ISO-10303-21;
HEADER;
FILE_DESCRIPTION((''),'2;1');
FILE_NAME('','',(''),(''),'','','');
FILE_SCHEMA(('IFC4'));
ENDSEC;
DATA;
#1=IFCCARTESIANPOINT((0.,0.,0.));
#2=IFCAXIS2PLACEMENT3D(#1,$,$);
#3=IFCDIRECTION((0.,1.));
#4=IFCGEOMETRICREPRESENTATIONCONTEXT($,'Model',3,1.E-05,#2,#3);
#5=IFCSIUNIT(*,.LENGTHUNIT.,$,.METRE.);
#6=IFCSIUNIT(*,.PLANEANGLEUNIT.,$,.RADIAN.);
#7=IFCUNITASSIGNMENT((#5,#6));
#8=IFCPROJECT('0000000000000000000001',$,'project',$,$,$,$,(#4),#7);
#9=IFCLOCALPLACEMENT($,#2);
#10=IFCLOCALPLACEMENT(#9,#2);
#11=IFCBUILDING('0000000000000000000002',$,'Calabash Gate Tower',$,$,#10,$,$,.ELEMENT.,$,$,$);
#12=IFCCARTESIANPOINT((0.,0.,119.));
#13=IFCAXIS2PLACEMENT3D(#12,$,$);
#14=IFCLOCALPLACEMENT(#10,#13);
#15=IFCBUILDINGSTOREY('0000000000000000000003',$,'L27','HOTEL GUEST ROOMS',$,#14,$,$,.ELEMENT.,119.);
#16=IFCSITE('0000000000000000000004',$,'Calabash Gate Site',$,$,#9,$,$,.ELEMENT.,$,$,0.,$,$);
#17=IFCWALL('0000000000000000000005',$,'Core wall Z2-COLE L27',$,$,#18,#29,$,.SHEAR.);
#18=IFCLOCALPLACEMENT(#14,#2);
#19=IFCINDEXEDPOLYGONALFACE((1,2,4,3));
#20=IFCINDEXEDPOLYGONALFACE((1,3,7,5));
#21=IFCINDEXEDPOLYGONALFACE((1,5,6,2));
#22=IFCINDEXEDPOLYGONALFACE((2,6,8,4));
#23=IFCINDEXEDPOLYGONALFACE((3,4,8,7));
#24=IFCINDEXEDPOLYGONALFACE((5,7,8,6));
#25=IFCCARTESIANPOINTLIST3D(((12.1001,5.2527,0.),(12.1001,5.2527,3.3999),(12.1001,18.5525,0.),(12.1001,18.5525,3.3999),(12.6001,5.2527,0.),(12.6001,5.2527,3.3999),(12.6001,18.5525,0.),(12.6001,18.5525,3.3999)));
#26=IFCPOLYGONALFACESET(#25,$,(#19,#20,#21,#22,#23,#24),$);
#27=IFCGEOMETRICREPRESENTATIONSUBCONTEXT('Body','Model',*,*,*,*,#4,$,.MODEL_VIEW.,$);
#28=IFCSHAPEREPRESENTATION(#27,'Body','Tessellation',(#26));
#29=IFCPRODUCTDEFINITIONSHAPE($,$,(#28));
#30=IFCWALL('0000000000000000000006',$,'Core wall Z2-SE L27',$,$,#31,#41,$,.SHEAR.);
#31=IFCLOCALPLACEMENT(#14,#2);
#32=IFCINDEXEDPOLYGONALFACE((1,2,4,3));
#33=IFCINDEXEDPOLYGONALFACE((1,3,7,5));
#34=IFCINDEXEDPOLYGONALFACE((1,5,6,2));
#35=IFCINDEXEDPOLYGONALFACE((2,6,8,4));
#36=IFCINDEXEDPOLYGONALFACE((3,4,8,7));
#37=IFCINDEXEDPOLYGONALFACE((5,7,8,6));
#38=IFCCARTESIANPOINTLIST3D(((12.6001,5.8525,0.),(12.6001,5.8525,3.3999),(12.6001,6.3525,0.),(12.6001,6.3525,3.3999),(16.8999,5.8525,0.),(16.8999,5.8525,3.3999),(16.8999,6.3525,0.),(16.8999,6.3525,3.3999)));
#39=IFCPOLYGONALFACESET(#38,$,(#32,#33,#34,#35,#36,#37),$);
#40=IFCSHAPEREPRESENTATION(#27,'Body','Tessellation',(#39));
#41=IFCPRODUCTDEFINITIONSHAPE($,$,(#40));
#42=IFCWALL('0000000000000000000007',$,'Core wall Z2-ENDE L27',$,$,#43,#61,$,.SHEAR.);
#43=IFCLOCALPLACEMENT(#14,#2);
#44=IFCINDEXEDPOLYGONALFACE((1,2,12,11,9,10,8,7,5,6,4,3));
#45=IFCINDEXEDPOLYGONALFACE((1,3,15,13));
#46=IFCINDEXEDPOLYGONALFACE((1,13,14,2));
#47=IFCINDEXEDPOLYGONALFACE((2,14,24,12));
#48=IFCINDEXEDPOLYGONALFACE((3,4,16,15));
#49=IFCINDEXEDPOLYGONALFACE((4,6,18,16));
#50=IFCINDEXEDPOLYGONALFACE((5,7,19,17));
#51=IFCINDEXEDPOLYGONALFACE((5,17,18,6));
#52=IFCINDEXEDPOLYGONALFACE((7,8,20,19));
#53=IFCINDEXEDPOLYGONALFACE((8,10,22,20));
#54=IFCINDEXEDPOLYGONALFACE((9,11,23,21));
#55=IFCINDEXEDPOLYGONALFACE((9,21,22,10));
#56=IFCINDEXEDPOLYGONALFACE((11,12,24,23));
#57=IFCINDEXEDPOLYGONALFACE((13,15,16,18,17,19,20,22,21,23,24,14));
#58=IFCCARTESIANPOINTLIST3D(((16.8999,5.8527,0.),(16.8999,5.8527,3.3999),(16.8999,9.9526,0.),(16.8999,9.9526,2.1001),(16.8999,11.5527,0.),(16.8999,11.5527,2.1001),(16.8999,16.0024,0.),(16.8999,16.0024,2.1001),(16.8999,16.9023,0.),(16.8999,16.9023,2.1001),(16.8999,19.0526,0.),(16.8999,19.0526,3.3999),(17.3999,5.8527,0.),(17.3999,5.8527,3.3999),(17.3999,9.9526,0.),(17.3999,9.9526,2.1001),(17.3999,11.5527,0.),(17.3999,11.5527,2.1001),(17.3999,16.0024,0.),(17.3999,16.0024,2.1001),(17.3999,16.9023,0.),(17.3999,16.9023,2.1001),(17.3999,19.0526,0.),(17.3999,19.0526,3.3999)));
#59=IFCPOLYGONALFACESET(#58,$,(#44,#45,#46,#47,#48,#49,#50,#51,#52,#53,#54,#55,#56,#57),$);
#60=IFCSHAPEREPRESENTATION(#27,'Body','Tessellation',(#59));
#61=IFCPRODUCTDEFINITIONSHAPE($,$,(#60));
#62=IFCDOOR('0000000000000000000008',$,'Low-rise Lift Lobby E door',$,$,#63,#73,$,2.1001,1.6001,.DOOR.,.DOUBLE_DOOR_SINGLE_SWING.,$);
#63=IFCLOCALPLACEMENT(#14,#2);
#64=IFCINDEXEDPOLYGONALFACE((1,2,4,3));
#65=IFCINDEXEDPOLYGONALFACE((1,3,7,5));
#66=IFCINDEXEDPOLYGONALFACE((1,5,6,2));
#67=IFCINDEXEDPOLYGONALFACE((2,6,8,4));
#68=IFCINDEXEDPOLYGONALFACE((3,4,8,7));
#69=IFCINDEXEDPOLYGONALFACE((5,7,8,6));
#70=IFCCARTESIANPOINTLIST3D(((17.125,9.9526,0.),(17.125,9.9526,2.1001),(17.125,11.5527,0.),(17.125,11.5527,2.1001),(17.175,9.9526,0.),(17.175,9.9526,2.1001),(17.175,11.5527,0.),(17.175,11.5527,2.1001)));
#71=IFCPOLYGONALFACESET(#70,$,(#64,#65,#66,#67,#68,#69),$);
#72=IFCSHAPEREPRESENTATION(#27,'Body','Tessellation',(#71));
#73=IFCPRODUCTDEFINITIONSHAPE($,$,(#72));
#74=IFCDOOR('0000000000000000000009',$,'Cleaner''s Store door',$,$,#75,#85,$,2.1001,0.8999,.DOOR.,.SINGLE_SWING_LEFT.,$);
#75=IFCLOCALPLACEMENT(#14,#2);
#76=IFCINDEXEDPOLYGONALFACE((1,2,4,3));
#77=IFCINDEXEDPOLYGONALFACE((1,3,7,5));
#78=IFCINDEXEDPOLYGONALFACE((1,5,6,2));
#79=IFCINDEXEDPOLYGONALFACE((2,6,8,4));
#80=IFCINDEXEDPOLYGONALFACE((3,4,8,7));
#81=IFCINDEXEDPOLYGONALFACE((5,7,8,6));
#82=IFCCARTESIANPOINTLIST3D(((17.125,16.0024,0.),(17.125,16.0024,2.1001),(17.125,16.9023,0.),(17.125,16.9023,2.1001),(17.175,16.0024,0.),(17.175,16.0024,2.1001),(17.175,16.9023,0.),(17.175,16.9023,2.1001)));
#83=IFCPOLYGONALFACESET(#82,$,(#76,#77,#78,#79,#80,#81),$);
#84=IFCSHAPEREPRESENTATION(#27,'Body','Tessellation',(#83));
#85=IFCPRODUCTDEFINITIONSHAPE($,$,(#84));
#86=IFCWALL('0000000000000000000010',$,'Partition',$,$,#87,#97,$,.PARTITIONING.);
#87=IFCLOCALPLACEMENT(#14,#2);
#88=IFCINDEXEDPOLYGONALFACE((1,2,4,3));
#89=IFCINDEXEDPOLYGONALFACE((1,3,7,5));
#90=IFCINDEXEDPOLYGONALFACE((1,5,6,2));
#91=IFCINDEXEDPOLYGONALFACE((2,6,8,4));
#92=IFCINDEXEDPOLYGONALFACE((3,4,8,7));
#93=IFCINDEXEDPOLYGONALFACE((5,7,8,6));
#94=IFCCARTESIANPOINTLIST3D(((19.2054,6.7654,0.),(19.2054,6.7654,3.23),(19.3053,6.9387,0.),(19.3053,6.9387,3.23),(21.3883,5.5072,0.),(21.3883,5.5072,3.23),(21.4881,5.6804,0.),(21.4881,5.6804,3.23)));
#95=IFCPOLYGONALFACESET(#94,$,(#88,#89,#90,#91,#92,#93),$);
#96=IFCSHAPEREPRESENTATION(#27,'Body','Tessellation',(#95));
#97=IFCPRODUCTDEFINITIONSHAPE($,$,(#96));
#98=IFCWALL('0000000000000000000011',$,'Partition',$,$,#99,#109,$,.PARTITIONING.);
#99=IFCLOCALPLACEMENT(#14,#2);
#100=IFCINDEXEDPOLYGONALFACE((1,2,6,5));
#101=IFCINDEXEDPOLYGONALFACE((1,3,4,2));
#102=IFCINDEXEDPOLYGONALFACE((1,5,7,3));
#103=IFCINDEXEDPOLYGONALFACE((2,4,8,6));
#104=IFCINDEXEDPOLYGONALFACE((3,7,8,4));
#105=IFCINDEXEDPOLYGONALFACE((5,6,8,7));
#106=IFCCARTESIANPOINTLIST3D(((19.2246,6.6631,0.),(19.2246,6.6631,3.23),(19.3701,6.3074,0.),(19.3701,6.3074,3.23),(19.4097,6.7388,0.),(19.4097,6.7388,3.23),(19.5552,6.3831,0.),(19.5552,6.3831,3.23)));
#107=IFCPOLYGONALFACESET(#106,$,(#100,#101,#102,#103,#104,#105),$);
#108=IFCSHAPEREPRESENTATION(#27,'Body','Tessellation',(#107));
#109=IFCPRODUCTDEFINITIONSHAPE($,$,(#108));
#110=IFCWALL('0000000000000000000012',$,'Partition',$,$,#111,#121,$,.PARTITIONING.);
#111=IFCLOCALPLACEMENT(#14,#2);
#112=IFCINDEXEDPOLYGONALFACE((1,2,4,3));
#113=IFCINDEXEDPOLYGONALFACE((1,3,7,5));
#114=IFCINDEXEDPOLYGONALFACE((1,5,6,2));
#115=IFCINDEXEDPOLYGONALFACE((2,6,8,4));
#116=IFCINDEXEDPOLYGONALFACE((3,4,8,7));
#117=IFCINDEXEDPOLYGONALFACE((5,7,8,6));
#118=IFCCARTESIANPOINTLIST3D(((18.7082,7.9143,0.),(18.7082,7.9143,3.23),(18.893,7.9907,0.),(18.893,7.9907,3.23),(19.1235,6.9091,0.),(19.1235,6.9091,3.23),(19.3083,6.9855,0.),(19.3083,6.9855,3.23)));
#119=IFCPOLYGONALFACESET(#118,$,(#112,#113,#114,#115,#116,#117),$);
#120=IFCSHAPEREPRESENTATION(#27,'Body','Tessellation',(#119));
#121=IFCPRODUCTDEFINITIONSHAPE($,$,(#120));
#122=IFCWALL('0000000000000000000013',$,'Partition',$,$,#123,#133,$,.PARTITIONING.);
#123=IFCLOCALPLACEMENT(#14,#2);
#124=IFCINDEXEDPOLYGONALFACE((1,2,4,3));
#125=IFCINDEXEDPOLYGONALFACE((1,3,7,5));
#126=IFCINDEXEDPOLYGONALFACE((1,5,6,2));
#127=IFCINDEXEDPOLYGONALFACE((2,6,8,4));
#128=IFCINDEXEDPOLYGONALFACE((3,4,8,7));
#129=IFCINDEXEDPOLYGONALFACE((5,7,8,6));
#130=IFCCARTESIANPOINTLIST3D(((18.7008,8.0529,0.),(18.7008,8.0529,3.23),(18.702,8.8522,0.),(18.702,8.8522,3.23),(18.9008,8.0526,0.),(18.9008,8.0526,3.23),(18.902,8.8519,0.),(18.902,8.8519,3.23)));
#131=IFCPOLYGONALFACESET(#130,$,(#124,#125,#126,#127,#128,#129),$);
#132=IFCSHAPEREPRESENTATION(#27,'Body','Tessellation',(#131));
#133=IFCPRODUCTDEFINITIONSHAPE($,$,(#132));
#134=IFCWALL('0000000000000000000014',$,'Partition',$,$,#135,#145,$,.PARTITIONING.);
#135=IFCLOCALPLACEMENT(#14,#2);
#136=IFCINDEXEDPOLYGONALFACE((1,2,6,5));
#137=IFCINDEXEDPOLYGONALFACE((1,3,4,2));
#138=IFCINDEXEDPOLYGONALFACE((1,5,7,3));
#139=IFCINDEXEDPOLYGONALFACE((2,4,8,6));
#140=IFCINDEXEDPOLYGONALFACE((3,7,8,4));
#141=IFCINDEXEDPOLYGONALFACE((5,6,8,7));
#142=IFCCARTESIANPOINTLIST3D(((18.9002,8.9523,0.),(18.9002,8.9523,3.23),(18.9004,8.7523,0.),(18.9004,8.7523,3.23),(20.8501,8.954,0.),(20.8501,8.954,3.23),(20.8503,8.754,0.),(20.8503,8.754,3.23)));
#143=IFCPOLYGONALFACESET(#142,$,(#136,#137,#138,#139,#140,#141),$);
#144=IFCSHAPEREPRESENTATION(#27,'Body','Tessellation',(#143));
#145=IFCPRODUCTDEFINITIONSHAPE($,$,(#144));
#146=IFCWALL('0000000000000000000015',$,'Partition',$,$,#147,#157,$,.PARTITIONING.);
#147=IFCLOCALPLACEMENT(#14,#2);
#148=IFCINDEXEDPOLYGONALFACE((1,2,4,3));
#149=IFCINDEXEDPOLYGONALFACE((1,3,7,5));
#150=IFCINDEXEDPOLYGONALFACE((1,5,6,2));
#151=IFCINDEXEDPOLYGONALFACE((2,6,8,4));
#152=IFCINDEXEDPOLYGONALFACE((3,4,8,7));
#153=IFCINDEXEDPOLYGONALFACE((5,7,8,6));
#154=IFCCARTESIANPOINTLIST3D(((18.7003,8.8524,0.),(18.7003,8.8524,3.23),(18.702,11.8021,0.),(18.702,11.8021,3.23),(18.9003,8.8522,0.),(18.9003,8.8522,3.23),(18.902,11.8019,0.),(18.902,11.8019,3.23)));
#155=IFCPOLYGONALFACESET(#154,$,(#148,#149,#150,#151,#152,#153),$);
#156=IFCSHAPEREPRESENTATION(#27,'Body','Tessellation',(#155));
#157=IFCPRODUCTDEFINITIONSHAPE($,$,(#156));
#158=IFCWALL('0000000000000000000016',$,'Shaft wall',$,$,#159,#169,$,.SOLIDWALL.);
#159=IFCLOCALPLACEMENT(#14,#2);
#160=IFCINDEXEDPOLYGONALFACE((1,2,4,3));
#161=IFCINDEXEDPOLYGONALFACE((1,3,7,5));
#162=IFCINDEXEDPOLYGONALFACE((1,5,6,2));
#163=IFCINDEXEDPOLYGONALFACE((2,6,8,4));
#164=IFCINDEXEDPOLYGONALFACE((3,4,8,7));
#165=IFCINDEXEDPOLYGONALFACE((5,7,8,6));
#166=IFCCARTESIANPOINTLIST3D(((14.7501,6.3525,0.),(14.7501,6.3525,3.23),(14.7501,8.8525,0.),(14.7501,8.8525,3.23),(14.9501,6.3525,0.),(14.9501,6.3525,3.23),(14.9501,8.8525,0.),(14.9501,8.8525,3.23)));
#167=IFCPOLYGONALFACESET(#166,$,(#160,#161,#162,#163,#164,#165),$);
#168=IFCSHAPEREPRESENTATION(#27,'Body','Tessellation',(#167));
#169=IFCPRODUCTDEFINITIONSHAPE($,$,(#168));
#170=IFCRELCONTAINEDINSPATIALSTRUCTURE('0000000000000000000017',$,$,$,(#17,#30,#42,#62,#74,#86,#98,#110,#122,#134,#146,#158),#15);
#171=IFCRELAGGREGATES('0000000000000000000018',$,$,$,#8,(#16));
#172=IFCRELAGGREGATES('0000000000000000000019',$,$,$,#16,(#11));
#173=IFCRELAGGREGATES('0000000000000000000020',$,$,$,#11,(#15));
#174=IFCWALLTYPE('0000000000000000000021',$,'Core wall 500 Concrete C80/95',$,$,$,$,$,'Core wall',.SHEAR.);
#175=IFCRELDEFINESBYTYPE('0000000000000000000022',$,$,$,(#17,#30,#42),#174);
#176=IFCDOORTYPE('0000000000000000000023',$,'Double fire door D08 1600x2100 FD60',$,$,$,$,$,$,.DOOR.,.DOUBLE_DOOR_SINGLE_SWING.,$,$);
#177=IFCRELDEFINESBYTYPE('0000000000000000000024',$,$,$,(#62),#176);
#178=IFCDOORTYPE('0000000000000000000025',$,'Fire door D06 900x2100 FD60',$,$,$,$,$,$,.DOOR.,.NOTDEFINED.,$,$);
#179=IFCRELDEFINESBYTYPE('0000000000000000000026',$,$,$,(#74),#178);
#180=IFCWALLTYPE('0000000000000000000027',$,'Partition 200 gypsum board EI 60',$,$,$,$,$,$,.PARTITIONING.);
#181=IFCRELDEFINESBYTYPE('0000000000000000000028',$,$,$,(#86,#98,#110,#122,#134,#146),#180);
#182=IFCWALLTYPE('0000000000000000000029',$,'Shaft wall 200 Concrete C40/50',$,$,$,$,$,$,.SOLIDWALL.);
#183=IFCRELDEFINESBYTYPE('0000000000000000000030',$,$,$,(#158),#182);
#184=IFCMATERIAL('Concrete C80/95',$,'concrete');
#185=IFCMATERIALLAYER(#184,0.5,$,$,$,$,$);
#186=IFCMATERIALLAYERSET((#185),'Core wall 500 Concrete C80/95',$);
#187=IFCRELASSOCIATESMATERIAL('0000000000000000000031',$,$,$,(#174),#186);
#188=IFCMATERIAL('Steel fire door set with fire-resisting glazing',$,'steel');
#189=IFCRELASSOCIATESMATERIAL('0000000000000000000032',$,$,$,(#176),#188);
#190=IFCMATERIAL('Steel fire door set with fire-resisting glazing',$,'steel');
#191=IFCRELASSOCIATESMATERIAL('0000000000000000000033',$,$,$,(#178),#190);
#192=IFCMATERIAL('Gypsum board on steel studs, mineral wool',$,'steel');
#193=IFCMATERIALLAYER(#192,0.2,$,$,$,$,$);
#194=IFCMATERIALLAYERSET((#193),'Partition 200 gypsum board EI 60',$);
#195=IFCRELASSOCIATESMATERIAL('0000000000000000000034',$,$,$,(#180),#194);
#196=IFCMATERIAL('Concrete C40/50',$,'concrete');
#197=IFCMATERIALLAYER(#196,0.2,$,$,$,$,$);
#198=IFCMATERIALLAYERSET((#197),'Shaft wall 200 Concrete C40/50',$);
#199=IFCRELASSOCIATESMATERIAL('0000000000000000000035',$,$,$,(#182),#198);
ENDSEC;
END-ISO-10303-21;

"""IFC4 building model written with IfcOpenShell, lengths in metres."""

from ifc_helpers import new_model, si_unit, direction, frame, frame_2d, origin, place, context, subcontext, project, spatial, rectangle, extrude, material, layer, layer_set, type_object, element, fill, save


model = new_model("IFC4")

# Units and contexts
model_context = context("Model", 3, precision=1e-05, world=origin(), true_north=direction((0.0, 1.0)))
body_context = subcontext(model_context, "Body", "Model", "MODEL_VIEW")
ifc_project = project(units=[si_unit("LENGTHUNIT", "METRE"), si_unit("PLANEANGLEUNIT", "RADIAN")], contexts=[model_context])

# Site, building, storey
site_placement = place(None, origin())
site = spatial("IfcSite", under=ifc_project, at=site_placement, Name="Calabash Gate Site", CompositionType="ELEMENT", RefElevation=0.0)
building_placement = place(site_placement, origin())
building = spatial("IfcBuilding", under=site, at=building_placement, Name="Calabash Gate Tower", CompositionType="ELEMENT")
storey_placement = place(building_placement, frame((0.0, 0.0, 119.0)))
storey = spatial("IfcBuildingStorey", under=building, at=storey_placement, Name="L27", Description="HOTEL GUEST ROOMS", CompositionType="ELEMENT", Elevation=119.0)

# Walls
ifc_material_1 = material(Name="Concrete C80/95", Category="concrete")
ifc_layer_1 = layer(ifc_material_1, 0.5)
ifc_layer_set_1 = layer_set([ifc_layer_1], Name="Core wall 500 Concrete C80/95")
wall_type_1 = type_object("IfcWallType", Name="Core wall 500 Concrete C80/95", ElementType="Core wall", PredefinedType="SHEAR", material=ifc_layer_set_1)
wall_1_placement = place(storey_placement, frame((12.3501, 5.2527, 0.0), z_axis=(0.0, 0.0, 1.0), x_axis=(0.0, 1.0, 0.0)))
element("IfcWall", 1, at=wall_1_placement, inside=storey, type_object=wall_type_1, Name="Core wall Z2-COLE L27", PredefinedType="SHEAR", context=body_context, shape_type="SweptSolid", body=[
    extrude(rectangle(XDim=13.2998, YDim=0.5, at=frame_2d((6.6499, 0.0))), origin(), (0.0, 0.0, 1.0), 3.3999),
])
wall_2_placement = place(storey_placement, frame((12.6001, 6.1025, 0.0), z_axis=(0.0, 0.0, 1.0), x_axis=(1.0, 0.0, 0.0)))
element("IfcWall", 2, at=wall_2_placement, inside=storey, type_object=wall_type_1, Name="Core wall Z2-SE L27", PredefinedType="SHEAR", context=body_context, shape_type="SweptSolid", body=[
    extrude(rectangle(XDim=4.2998, YDim=0.5, at=frame_2d((2.1499, 0.0))), origin(), (0.0, 0.0, 1.0), 3.3999),
])

# Wall, openings, doors
wall_3_placement = place(storey_placement, frame((17.1499, 5.8525, 0.0), z_axis=(0.0, 0.0, 1.0), x_axis=(0.0, 1.0, 0.0)))
wall_3 = element("IfcWall", 3, at=wall_3_placement, inside=storey, type_object=wall_type_1, Name="Core wall Z2-ENDE L27", PredefinedType="SHEAR", context=body_context, shape_type="SweptSolid", body=[
    extrude(rectangle(XDim=13.2, YDim=0.5, at=frame_2d((6.6001, 0.0))), origin(), (0.0, 0.0, 1.0), 3.3999),
])
opening_1_placement = place(wall_3_placement, frame((4.1001, 0.0, 0.0)))
opening_1 = element("IfcOpeningElement", 4, at=opening_1_placement, cuts=wall_3, PredefinedType="OPENING", context=body_context, shape_type="SweptSolid", body=[
    extrude(rectangle(XDim=1.6001, YDim=2.1001, at=frame_2d((0.8, 1.05))), frame((0.0, 0.26, 0.0), z_axis=(0.0, -1.0, 0.0), x_axis=(1.0, 0.0, 0.0)), (0.0, 0.0, 1.0), 0.52),
])
opening_2_placement = place(wall_3_placement, frame((10.1499, 0.0, 0.0)))
opening_2 = element("IfcOpeningElement", 5, at=opening_2_placement, cuts=wall_3, PredefinedType="OPENING", context=body_context, shape_type="SweptSolid", body=[
    extrude(rectangle(XDim=0.8999, YDim=2.1001, at=frame_2d((0.45, 1.05))), frame((0.0, 0.26, 0.0), z_axis=(0.0, -1.0, 0.0), x_axis=(1.0, 0.0, 0.0)), (0.0, 0.0, 1.0), 0.52),
])
ifc_material_2 = material(Name="Steel fire door set with fire-resisting glazing", Category="steel")
door_type_1 = type_object("IfcDoorType", Name="Double fire door D08 1600x2100 FD60", OperationType="DOUBLE_DOOR_SINGLE_SWING", PredefinedType="DOOR", material=ifc_material_2)
door_1_placement = place(opening_1_placement, origin())
door_1 = element("IfcDoor", 6, at=door_1_placement, inside=storey, type_object=door_type_1, Name="Low-rise Lift Lobby E door", OperationType="DOUBLE_DOOR_SINGLE_SWING", OverallHeight=2.1001, OverallWidth=1.6001, PredefinedType="DOOR", context=body_context, shape_type="SweptSolid", body=[
    extrude(rectangle(XDim=1.6001, YDim=2.1001, at=frame_2d((0.8, 1.05))), frame((0.0, 0.0249, 0.0), z_axis=(0.0, -1.0, 0.0), x_axis=(1.0, 0.0, 0.0)), (0.0, 0.0, 1.0), 0.05),
])
fill(opening_1, door_1)
ifc_material_3 = material(Name="Steel fire door set with fire-resisting glazing", Category="steel")
door_type_2 = type_object("IfcDoorType", Name="Fire door D06 900x2100 FD60", OperationType="NOTDEFINED", PredefinedType="DOOR", material=ifc_material_3)
door_2_placement = place(opening_2_placement, origin())
door_2 = element("IfcDoor", 7, at=door_2_placement, inside=storey, type_object=door_type_2, Name="Cleaner's Store door", OperationType="SINGLE_SWING_LEFT", OverallHeight=2.1001, OverallWidth=0.8999, PredefinedType="DOOR", context=body_context, shape_type="SweptSolid", body=[
    extrude(rectangle(XDim=0.8999, YDim=2.1001, at=frame_2d((0.45, 1.05))), frame((0.0, 0.0249, 0.0), z_axis=(0.0, -1.0, 0.0), x_axis=(1.0, 0.0, 0.0)), (0.0, 0.0, 1.0), 0.05),
])
fill(opening_2, door_2)

# Walls
ifc_material_4 = material(Name="Gypsum board on steel studs, mineral wool", Category="steel")
ifc_layer_2 = layer(ifc_material_4, 0.2)
ifc_layer_set_2 = layer_set([ifc_layer_2], Name="Partition 200 gypsum board EI 60")
wall_type_2 = type_object("IfcWallType", Name="Partition 200 gypsum board EI 60", PredefinedType="PARTITIONING", material=ifc_layer_set_2)
wall_4_placement = place(storey_placement, frame((19.2554, 6.8521, 0.0), z_axis=(0.0, 0.0, 1.0), x_axis=(0.866365, -0.499412, 0.0)))
element("IfcWall", 8, at=wall_4_placement, inside=storey, type_object=wall_type_2, Name="Partition", PredefinedType="PARTITIONING", context=body_context, shape_type="SweptSolid", body=[
    extrude(rectangle(XDim=2.5195, YDim=0.2, at=frame_2d((1.2598, 0.0))), origin(), (0.0, 0.0, 1.0), 3.23),
])
wall_5_placement = place(storey_placement, frame((19.3171, 6.7009, 0.0), z_axis=(0.0, 0.0, 1.0), x_axis=(0.378608, -0.925557, 0.0)))
element("IfcWall", 9, at=wall_5_placement, inside=storey, type_object=wall_type_2, Name="Partition", PredefinedType="PARTITIONING", context=body_context, shape_type="SweptSolid", body=[
    extrude(rectangle(XDim=0.3843, YDim=0.2, at=frame_2d((0.1921, 0.0))), origin(), (0.0, 0.0, 1.0), 3.23),
])
wall_6_placement = place(storey_placement, frame((18.8005, 7.9526, 0.0), z_axis=(0.0, 0.0, 1.0), x_axis=(0.381856, -0.924222, 0.0)))
element("IfcWall", 10, at=wall_6_placement, inside=storey, type_object=wall_type_2, Name="Partition", PredefinedType="PARTITIONING", context=body_context, shape_type="SweptSolid", body=[
    extrude(rectangle(XDim=1.0876, YDim=0.2, at=frame_2d((0.5439, 0.0))), origin(), (0.0, 0.0, 1.0), 3.23),
])
wall_7_placement = place(storey_placement, frame((18.8008, 8.0527, 0.0), z_axis=(0.0, 0.0, 1.0), x_axis=(0.001527, 0.999999, 0.0)))
element("IfcWall", 11, at=wall_7_placement, inside=storey, type_object=wall_type_2, Name="Partition", PredefinedType="PARTITIONING", context=body_context, shape_type="SweptSolid", body=[
    extrude(rectangle(XDim=0.7993, YDim=0.2, at=frame_2d((0.3997, 0.0))), origin(), (0.0, 0.0, 1.0), 3.23),
])
wall_8_placement = place(storey_placement, frame((18.9001, 8.8523, 0.0), z_axis=(0.0, 0.0, 1.0), x_axis=(1.0, 0.000876, 0.0)))
element("IfcWall", 12, at=wall_8_placement, inside=storey, type_object=wall_type_2, Name="Partition", PredefinedType="PARTITIONING", context=body_context, shape_type="SweptSolid", body=[
    extrude(rectangle(XDim=1.95, YDim=0.2, at=frame_2d((0.9751, 0.0))), origin(), (0.0, 0.0, 1.0), 3.23),
])
wall_9_placement = place(storey_placement, frame((18.8003, 8.8523, 0.0), z_axis=(0.0, 0.0, 1.0), x_axis=(0.000579, 1.0, 0.0)))
element("IfcWall", 13, at=wall_9_placement, inside=storey, type_object=wall_type_2, Name="Partition", PredefinedType="PARTITIONING", context=body_context, shape_type="SweptSolid", body=[
    extrude(rectangle(XDim=2.9497, YDim=0.2, at=frame_2d((1.4749, 0.0))), origin(), (0.0, 0.0, 1.0), 3.23),
])
ifc_material_5 = material(Name="Concrete C40/50", Category="concrete")
ifc_layer_3 = layer(ifc_material_5, 0.2)
ifc_layer_set_3 = layer_set([ifc_layer_3], Name="Shaft wall 200 Concrete C40/50")
wall_type_3 = type_object("IfcWallType", Name="Shaft wall 200 Concrete C40/50", PredefinedType="SOLIDWALL", material=ifc_layer_set_3)
wall_10_placement = place(storey_placement, frame((14.8501, 6.3525, 0.0), z_axis=(0.0, 0.0, 1.0), x_axis=(0.0, 1.0, 0.0)))
element("IfcWall", 14, at=wall_10_placement, inside=storey, type_object=wall_type_3, Name="Shaft wall", PredefinedType="SOLIDWALL", context=body_context, shape_type="SweptSolid", body=[
    extrude(rectangle(XDim=2.5, YDim=0.2, at=frame_2d((1.25, 0.0))), origin(), (0.0, 0.0, 1.0), 3.23),
])

save(model, "model.ifc")
